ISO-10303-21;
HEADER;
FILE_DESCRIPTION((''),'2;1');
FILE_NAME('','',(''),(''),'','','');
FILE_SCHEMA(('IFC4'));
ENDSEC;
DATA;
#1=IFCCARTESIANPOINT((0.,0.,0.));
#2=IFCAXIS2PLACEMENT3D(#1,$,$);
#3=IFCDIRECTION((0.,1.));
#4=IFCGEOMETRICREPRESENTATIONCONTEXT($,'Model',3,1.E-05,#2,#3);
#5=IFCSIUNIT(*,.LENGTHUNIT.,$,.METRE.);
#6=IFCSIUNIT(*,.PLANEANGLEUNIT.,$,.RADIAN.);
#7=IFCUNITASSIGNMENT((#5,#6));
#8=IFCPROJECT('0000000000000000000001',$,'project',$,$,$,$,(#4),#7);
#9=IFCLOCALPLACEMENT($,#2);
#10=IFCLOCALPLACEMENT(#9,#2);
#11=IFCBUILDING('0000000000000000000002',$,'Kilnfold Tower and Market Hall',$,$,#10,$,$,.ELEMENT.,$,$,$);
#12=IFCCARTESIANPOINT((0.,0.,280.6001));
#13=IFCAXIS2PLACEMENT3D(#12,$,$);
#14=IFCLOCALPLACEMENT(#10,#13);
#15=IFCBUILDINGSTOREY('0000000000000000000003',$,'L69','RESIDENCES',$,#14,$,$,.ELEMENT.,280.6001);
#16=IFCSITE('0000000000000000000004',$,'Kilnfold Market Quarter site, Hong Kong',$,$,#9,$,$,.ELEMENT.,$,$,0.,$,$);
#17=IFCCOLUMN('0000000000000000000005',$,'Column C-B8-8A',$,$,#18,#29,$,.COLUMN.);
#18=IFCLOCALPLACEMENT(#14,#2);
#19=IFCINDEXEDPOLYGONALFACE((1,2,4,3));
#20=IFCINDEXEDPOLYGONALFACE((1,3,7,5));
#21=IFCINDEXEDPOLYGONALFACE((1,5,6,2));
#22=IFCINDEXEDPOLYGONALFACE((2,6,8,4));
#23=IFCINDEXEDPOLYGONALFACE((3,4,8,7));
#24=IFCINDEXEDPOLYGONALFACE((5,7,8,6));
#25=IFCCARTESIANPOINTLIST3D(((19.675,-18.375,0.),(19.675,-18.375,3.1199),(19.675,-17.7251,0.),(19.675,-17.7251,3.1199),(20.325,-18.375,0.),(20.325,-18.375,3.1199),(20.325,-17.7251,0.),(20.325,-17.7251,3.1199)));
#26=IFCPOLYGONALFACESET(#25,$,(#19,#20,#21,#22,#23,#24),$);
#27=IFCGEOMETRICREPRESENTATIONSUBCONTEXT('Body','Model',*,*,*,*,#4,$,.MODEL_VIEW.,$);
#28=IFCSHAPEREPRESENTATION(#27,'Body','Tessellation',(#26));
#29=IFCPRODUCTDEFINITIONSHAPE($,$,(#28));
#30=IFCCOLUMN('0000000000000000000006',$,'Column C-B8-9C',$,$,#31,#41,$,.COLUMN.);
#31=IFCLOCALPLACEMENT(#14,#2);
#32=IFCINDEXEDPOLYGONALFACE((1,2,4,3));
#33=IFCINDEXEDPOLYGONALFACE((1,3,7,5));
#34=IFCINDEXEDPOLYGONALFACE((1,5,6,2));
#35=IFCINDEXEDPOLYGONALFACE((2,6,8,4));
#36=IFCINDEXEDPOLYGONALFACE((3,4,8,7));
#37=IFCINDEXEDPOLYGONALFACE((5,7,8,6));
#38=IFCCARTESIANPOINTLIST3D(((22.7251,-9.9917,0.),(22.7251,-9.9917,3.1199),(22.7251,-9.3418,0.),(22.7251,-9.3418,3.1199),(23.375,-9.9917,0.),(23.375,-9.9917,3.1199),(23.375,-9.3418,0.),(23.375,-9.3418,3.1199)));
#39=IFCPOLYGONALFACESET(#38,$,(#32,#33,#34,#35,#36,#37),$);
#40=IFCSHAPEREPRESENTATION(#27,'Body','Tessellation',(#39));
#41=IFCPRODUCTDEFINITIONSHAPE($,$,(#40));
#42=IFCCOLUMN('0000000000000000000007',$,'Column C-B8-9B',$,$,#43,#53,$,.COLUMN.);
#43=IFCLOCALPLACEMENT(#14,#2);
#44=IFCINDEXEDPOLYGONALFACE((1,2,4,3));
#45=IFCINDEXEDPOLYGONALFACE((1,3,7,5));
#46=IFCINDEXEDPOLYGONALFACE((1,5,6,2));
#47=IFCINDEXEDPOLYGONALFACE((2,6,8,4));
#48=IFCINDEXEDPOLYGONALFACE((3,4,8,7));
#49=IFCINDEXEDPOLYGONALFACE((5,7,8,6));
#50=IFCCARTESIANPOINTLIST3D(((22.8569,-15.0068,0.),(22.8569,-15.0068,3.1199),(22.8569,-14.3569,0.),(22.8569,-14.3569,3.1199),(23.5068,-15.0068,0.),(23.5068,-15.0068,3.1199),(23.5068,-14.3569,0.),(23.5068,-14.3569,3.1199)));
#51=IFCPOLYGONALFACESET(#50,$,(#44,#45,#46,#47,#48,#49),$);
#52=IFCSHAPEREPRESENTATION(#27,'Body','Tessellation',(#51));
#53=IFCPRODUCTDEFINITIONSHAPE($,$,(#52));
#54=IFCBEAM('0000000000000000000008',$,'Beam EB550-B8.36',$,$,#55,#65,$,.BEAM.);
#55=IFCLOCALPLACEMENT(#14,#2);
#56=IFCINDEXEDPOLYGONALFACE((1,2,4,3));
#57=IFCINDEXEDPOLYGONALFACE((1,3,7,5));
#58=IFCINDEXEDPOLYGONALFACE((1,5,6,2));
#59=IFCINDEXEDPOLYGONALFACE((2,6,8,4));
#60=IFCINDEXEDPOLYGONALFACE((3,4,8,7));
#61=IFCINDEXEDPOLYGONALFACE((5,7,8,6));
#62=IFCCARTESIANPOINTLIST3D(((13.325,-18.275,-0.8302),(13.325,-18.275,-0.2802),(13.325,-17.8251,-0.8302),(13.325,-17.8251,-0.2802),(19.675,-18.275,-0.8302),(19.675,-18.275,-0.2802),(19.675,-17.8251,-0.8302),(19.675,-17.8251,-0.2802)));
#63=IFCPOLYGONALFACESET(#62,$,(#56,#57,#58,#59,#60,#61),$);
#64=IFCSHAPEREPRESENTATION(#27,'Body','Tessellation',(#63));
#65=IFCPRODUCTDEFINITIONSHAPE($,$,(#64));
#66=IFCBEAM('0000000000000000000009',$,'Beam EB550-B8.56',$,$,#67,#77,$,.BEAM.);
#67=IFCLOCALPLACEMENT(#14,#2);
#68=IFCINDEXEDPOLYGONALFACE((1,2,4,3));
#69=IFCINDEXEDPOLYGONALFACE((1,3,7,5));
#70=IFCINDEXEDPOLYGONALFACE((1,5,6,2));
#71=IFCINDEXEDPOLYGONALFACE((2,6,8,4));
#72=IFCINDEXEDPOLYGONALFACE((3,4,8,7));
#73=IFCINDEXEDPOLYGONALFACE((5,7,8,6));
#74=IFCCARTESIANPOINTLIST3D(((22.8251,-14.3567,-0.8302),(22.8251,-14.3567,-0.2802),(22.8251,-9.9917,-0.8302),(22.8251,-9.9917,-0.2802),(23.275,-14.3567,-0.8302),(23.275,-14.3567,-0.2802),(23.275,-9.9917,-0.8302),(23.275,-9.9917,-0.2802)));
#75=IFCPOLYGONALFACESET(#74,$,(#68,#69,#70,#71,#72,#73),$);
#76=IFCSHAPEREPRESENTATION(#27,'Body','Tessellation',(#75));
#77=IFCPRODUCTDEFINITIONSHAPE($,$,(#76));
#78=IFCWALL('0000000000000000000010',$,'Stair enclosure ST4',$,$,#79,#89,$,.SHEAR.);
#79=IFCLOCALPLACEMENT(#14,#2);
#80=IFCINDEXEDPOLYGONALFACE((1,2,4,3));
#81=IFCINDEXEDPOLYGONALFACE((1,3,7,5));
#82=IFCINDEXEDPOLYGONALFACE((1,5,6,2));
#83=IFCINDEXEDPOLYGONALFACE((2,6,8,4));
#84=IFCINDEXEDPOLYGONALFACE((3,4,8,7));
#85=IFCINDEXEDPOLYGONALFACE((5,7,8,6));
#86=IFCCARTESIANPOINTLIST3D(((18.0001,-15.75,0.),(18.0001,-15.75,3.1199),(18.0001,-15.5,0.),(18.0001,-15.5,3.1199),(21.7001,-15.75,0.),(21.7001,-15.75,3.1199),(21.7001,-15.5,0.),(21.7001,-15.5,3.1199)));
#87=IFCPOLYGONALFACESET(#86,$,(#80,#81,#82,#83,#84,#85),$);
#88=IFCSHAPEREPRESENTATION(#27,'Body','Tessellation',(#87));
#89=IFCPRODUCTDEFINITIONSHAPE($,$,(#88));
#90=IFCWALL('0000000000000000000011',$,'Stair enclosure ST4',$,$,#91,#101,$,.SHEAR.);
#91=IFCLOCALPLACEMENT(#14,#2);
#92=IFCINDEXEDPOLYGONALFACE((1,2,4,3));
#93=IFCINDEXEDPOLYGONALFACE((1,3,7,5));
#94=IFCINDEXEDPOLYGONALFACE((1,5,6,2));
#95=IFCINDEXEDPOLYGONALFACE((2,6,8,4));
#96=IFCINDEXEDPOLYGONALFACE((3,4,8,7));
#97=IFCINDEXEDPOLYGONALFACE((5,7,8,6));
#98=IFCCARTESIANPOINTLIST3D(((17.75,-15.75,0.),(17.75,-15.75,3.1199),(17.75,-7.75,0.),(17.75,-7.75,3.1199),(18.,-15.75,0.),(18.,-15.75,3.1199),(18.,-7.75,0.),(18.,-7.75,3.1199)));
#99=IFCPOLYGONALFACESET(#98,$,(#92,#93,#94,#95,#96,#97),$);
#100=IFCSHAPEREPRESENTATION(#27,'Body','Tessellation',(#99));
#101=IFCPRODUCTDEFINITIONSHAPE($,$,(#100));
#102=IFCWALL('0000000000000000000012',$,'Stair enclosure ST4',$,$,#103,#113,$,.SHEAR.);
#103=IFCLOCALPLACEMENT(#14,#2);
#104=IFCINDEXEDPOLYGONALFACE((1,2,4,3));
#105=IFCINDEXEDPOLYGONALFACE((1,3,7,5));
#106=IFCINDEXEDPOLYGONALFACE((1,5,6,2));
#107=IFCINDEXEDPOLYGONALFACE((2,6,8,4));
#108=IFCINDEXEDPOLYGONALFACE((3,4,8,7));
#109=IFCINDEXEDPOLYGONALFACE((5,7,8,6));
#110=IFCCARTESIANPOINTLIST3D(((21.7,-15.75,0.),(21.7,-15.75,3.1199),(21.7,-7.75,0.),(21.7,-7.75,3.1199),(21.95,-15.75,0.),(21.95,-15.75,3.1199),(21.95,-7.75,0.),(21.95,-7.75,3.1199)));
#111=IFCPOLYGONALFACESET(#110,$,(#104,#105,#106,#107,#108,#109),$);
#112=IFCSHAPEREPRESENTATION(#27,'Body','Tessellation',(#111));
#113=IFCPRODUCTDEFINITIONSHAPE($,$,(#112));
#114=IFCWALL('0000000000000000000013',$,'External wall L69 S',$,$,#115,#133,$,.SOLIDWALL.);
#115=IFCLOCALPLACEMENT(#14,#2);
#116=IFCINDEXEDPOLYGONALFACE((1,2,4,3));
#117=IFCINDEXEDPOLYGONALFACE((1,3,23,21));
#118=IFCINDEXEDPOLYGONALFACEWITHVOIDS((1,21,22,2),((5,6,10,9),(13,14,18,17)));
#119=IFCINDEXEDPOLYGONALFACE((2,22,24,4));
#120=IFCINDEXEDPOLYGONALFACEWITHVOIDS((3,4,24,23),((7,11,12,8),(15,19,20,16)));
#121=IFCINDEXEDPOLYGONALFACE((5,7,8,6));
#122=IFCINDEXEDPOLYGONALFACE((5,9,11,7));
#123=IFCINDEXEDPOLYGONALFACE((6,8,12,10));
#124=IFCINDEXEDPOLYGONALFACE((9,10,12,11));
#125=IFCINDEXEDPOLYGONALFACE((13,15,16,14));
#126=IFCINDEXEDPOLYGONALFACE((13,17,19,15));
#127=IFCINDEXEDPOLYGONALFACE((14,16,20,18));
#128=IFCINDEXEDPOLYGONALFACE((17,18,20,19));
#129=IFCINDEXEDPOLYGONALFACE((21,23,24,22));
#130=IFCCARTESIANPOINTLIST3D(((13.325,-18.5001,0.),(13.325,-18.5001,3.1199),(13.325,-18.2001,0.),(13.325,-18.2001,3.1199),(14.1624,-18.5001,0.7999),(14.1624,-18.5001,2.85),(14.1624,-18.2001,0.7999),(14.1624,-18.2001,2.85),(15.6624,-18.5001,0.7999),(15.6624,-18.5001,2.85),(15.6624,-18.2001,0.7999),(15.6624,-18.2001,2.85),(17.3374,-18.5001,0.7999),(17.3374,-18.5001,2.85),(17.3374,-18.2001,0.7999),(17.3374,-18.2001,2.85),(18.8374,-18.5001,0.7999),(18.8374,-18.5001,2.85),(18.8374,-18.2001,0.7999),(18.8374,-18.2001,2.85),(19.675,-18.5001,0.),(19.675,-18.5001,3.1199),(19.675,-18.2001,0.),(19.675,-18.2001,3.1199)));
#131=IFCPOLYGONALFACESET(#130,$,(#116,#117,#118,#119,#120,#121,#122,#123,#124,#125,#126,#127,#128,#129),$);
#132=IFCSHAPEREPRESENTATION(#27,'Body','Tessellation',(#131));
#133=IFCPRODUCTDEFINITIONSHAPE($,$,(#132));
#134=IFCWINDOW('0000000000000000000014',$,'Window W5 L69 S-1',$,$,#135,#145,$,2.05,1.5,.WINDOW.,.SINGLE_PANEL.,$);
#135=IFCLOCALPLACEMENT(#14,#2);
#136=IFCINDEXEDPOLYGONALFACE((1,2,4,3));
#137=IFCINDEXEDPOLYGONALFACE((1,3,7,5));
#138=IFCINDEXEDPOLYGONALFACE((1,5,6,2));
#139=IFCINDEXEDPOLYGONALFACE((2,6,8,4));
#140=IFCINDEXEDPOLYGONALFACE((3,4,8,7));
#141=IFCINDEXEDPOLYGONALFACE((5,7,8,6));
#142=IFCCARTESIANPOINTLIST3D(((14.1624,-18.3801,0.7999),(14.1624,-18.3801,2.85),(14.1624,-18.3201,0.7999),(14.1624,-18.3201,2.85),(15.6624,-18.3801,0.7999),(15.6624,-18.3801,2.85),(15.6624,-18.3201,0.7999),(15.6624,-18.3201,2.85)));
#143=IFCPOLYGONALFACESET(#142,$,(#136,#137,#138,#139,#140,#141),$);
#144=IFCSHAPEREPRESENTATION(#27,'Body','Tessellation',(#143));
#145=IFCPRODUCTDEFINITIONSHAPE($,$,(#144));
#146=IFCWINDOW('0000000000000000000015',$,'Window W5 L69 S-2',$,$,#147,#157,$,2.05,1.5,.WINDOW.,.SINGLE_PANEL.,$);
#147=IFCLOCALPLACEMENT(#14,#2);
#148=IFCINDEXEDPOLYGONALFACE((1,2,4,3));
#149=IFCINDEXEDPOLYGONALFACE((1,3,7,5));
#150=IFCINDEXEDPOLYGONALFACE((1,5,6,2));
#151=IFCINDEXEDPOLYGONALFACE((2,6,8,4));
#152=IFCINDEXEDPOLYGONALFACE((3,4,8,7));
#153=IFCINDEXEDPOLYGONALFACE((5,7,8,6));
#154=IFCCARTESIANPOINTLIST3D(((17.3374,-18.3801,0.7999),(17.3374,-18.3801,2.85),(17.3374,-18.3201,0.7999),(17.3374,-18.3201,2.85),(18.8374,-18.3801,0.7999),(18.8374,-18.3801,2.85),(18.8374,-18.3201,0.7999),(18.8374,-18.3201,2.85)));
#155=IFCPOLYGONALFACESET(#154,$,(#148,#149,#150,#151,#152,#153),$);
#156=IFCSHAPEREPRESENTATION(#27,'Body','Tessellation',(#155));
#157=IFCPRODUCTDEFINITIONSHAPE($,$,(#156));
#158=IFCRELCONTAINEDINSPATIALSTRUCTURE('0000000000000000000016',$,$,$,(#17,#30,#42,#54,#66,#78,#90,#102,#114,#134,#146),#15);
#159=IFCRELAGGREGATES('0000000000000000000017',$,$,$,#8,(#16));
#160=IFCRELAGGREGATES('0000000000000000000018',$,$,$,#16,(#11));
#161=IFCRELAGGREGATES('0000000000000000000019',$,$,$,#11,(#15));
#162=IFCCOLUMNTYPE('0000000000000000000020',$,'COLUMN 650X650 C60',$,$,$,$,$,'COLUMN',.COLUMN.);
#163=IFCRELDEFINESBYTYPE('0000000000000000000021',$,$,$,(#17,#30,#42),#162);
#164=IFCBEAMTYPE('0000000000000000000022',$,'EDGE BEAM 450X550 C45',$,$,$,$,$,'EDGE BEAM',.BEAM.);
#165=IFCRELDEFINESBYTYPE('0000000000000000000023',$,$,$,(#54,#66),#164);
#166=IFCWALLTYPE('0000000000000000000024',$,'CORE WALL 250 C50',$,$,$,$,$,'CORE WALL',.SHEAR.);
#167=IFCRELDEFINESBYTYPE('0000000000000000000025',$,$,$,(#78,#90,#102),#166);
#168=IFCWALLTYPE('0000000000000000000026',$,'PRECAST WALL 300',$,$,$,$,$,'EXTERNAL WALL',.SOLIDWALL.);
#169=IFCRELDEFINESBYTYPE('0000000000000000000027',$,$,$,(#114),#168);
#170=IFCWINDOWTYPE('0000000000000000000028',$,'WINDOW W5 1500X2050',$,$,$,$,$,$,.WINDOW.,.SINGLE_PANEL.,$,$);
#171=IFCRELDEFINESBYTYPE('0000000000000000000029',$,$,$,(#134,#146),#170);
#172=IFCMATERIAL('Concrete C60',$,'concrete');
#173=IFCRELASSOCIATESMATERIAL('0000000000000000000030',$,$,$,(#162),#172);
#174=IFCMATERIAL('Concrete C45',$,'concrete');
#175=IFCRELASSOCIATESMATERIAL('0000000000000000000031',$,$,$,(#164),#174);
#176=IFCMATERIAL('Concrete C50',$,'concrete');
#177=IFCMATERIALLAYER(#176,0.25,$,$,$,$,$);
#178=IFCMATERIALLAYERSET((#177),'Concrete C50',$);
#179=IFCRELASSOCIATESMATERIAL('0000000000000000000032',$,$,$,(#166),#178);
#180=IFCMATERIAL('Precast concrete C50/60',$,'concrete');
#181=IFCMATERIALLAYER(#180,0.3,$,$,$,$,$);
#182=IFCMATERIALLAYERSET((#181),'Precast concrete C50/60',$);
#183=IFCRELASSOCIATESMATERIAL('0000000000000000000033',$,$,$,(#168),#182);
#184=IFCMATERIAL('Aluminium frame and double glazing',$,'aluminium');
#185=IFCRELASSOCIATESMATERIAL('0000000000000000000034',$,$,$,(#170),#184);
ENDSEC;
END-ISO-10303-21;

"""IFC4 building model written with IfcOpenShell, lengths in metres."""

from ifc_helpers import new_model, si_unit, direction, frame, frame_2d, origin, origin_2d, place, context, subcontext, project, spatial, rectangle, extrude, source, transform, mapped, material, layer, layer_set, material_profile, profile_set, type_object, element, fill, save


model = new_model("IFC4")

# Units and contexts
model_context = context("Model", 3, precision=1e-05, world=origin(), true_north=direction((0.0, 1.0)))
body_context = subcontext(model_context, "Body", "Model", "MODEL_VIEW")
ifc_project = project(units=[si_unit("LENGTHUNIT", "METRE"), si_unit("PLANEANGLEUNIT", "RADIAN")], contexts=[model_context])

# Site, building, storey
site_placement = place(None, origin())
site = spatial("IfcSite", under=ifc_project, at=site_placement, Name="Kilnfold Market Quarter site, Hong Kong", CompositionType="ELEMENT", RefElevation=0.0)
building_placement = place(site_placement, origin())
building = spatial("IfcBuilding", under=site, at=building_placement, Name="Kilnfold Tower and Market Hall", CompositionType="ELEMENT")
storey_placement = place(building_placement, frame((0.0, 0.0, 280.6001)))
storey = spatial("IfcBuildingStorey", under=building, at=storey_placement, Name="L69", Description="RESIDENCES", CompositionType="ELEMENT", Elevation=280.6001)

# Columns
ifc_material_1 = material(Name="Concrete C60", Category="concrete")
ifc_material_profile_1 = material_profile(ifc_material_1, rectangle(XDim=0.6499, YDim=0.6499, at=origin_2d()), Name="RC 650x650")
ifc_profile_set_1 = profile_set([ifc_material_profile_1], Name="Concrete C60")
column_type = type_object("IfcColumnType", Name="COLUMN 650X650 C60", ElementType="COLUMN", PredefinedType="COLUMN", material=ifc_profile_set_1)
shared_shape_1 = source(origin(), body_context, "Body", "SweptSolid", [
    extrude(rectangle(XDim=0.6499, YDim=0.6499, at=origin_2d()), origin(), (0.0, 0.0, 1.0), 3.1199),
])
for number, where, z_axis, x_axis, name in (
    (1, (20.0, -18.05, 0.0), (0.0, 0.0, 1.0), (1.0, 0.0, 0.0), "Column C-B8-8A"),
    (2, (23.05, -9.6667, 0.0), (0.0, 0.0, 1.0), (1.0, 0.0, 0.0), "Column C-B8-9C"),
    (3, (23.1819, -14.6819, 0.0), (0.0, 0.0, 1.0), (1.0, 0.0, 0.0), "Column C-B8-9B"),
):
    element("IfcColumn", number, at=place(storey_placement, frame(where, z_axis=z_axis, x_axis=x_axis)), inside=storey, type_object=column_type, Name=name, PredefinedType="COLUMN", context=body_context, shape_type="MappedRepresentation", body=[
        mapped(shared_shape_1, transform((0.0, 0.0, 0.0))),
    ])

# Beams
ifc_material_2 = material(Name="Concrete C45", Category="concrete")
ifc_material_profile_2 = material_profile(ifc_material_2, rectangle(XDim=0.45, YDim=0.55, at=origin_2d()), Name="RC 450x550")
ifc_profile_set_2 = profile_set([ifc_material_profile_2], Name="Concrete C45")
beam_type = type_object("IfcBeamType", Name="EDGE BEAM 450X550 C45", ElementType="EDGE BEAM", PredefinedType="BEAM", material=ifc_profile_set_2)
shared_shape_2 = source(origin(), body_context, "Body", "SweptSolid", [
    extrude(rectangle(XDim=0.45, YDim=0.55, at=origin_2d()), origin(), (0.0, 0.0, 1.0), 6.3501),
])
beam_1_placement = place(storey_placement, frame((13.325, -18.05, -0.5552), z_axis=(1.0, 0.0, 0.0), x_axis=(0.0, 1.0, 0.0)))
element("IfcBeam", 4, at=beam_1_placement, inside=storey, type_object=beam_type, Name="Beam EB550-B8.36", PredefinedType="BEAM", context=body_context, shape_type="MappedRepresentation", body=[
    mapped(shared_shape_2, transform((0.0, 0.0, 0.0))),
])
shared_shape_3 = source(origin(), body_context, "Body", "SweptSolid", [
    extrude(rectangle(XDim=0.45, YDim=0.55, at=origin_2d()), origin(), (0.0, 0.0, 1.0), 4.365),
])
beam_2_placement = place(storey_placement, frame((23.05, -14.3567, -0.5552), z_axis=(0.0, 1.0, 0.0), x_axis=(-1.0, 0.0, 0.0)))
element("IfcBeam", 5, at=beam_2_placement, inside=storey, type_object=beam_type, Name="Beam EB550-B8.56", PredefinedType="BEAM", context=body_context, shape_type="MappedRepresentation", body=[
    mapped(shared_shape_3, transform((0.0, 0.0, 0.0))),
])

# Walls
ifc_material_3 = material(Name="Concrete C50", Category="concrete")
ifc_layer_1 = layer(ifc_material_3, 0.25)
ifc_layer_set_1 = layer_set([ifc_layer_1], Name="Concrete C50")
wall_type_1 = type_object("IfcWallType", Name="CORE WALL 250 C50", ElementType="CORE WALL", PredefinedType="SHEAR", material=ifc_layer_set_1)
shared_shape_4 = source(origin(), body_context, "Body", "SweptSolid", [
    extrude(rectangle(XDim=3.7, YDim=0.25, at=frame_2d((1.8501, 0.0))), origin(), (0.0, 0.0, 1.0), 3.1199),
])
wall_1_placement = place(storey_placement, frame((18.0, -15.625, 0.0), z_axis=(0.0, 0.0, 1.0), x_axis=(1.0, 0.0, 0.0)))
element("IfcWall", 6, at=wall_1_placement, inside=storey, type_object=wall_type_1, Name="Stair enclosure ST4", PredefinedType="SHEAR", context=body_context, shape_type="MappedRepresentation", body=[
    mapped(shared_shape_4, transform((0.0, 0.0, 0.0))),
])
shared_shape_5 = source(origin(), body_context, "Body", "SweptSolid", [
    extrude(rectangle(XDim=8.0, YDim=0.25, at=frame_2d((4.0, 0.0))), origin(), (0.0, 0.0, 1.0), 3.1199),
])
for number, where, z_axis, x_axis, name in (
    (7, (17.875, -15.75, 0.0), (0.0, 0.0, 1.0), (0.0, 1.0, 0.0), "Stair enclosure ST4"),
    (8, (21.825, -15.75, 0.0), (0.0, 0.0, 1.0), (0.0, 1.0, 0.0), "Stair enclosure ST4"),
):
    element("IfcWall", number, at=place(storey_placement, frame(where, z_axis=z_axis, x_axis=x_axis)), inside=storey, type_object=wall_type_1, Name=name, PredefinedType="SHEAR", context=body_context, shape_type="MappedRepresentation", body=[
        mapped(shared_shape_5, transform((0.0, 0.0, 0.0))),
    ])

# Wall, openings, windows
ifc_material_4 = material(Name="Precast concrete C50/60", Category="concrete")
ifc_layer_2 = layer(ifc_material_4, 0.3)
ifc_layer_set_2 = layer_set([ifc_layer_2], Name="Precast concrete C50/60")
wall_type_2 = type_object("IfcWallType", Name="PRECAST WALL 300", ElementType="EXTERNAL WALL", PredefinedType="SOLIDWALL", material=ifc_layer_set_2)
shared_shape_6 = source(origin(), body_context, "Body", "SweptSolid", [
    extrude(rectangle(XDim=6.3501, YDim=0.3, at=frame_2d((3.175, 0.0))), origin(), (0.0, 0.0, 1.0), 3.1199),
])
wall_2_placement = place(storey_placement, frame((13.325, -18.3501, 0.0), z_axis=(0.0, 0.0, 1.0), x_axis=(1.0, 0.0, 0.0)))
wall_2 = element("IfcWall", 9, at=wall_2_placement, inside=storey, type_object=wall_type_2, Name="External wall L69 S", PredefinedType="SOLIDWALL", context=body_context, shape_type="MappedRepresentation", body=[
    mapped(shared_shape_6, transform((0.0, 0.0, 0.0))),
])
opening_1_placement = place(wall_2_placement, frame((0.8374, 0.0, 0.8)))
opening_1 = element("IfcOpeningElement", 10, at=opening_1_placement, cuts=wall_2, PredefinedType="OPENING", context=body_context, shape_type="SweptSolid", body=[
    extrude(rectangle(XDim=1.5, YDim=2.05, at=frame_2d((0.75, 1.0249))), frame((0.0, 0.1602, 0.0), z_axis=(0.0, -1.0, 0.0), x_axis=(1.0, 0.0, 0.0)), (0.0, 0.0, 1.0), 0.3201),
])
opening_2_placement = place(wall_2_placement, frame((4.0125, 0.0, 0.8)))
opening_2 = element("IfcOpeningElement", 11, at=opening_2_placement, cuts=wall_2, PredefinedType="OPENING", context=body_context, shape_type="SweptSolid", body=[
    extrude(rectangle(XDim=1.5, YDim=2.05, at=frame_2d((0.75, 1.0249))), frame((0.0, 0.1602, 0.0), z_axis=(0.0, -1.0, 0.0), x_axis=(1.0, 0.0, 0.0)), (0.0, 0.0, 1.0), 0.3201),
])
ifc_material_5 = material(Name="Aluminium frame and double glazing", Category="aluminium")
window_type = type_object("IfcWindowType", Name="WINDOW W5 1500X2050", PartitioningType="SINGLE_PANEL", PredefinedType="WINDOW", material=ifc_material_5)
window_1_placement = place(opening_1_placement, origin())
window_1 = element("IfcWindow", 12, at=window_1_placement, inside=storey, type_object=window_type, Name="Window W5 L69 S-1", OverallHeight=2.05, OverallWidth=1.5, PartitioningType="SINGLE_PANEL", PredefinedType="WINDOW", context=body_context, shape_type="SweptSolid", body=[
    extrude(rectangle(XDim=1.5, YDim=2.05, at=frame_2d((0.75, 1.0249))), frame((0.0, 0.03, 0.0), z_axis=(0.0, -1.0, 0.0), x_axis=(1.0, 0.0, 0.0)), (0.0, 0.0, 1.0), 0.0601),
])
fill(opening_1, window_1)
window_2_placement = place(opening_2_placement, origin())
window_2 = element("IfcWindow", 13, at=window_2_placement, inside=storey, type_object=window_type, Name="Window W5 L69 S-2", OverallHeight=2.05, OverallWidth=1.5, PartitioningType="SINGLE_PANEL", PredefinedType="WINDOW", context=body_context, shape_type="SweptSolid", body=[
    extrude(rectangle(XDim=1.5, YDim=2.05, at=frame_2d((0.75, 1.0249))), frame((0.0, 0.03, 0.0), z_axis=(0.0, -1.0, 0.0), x_axis=(1.0, 0.0, 0.0)), (0.0, 0.0, 1.0), 0.0601),
])
fill(opening_2, window_2)

save(model, "model.ifc")
